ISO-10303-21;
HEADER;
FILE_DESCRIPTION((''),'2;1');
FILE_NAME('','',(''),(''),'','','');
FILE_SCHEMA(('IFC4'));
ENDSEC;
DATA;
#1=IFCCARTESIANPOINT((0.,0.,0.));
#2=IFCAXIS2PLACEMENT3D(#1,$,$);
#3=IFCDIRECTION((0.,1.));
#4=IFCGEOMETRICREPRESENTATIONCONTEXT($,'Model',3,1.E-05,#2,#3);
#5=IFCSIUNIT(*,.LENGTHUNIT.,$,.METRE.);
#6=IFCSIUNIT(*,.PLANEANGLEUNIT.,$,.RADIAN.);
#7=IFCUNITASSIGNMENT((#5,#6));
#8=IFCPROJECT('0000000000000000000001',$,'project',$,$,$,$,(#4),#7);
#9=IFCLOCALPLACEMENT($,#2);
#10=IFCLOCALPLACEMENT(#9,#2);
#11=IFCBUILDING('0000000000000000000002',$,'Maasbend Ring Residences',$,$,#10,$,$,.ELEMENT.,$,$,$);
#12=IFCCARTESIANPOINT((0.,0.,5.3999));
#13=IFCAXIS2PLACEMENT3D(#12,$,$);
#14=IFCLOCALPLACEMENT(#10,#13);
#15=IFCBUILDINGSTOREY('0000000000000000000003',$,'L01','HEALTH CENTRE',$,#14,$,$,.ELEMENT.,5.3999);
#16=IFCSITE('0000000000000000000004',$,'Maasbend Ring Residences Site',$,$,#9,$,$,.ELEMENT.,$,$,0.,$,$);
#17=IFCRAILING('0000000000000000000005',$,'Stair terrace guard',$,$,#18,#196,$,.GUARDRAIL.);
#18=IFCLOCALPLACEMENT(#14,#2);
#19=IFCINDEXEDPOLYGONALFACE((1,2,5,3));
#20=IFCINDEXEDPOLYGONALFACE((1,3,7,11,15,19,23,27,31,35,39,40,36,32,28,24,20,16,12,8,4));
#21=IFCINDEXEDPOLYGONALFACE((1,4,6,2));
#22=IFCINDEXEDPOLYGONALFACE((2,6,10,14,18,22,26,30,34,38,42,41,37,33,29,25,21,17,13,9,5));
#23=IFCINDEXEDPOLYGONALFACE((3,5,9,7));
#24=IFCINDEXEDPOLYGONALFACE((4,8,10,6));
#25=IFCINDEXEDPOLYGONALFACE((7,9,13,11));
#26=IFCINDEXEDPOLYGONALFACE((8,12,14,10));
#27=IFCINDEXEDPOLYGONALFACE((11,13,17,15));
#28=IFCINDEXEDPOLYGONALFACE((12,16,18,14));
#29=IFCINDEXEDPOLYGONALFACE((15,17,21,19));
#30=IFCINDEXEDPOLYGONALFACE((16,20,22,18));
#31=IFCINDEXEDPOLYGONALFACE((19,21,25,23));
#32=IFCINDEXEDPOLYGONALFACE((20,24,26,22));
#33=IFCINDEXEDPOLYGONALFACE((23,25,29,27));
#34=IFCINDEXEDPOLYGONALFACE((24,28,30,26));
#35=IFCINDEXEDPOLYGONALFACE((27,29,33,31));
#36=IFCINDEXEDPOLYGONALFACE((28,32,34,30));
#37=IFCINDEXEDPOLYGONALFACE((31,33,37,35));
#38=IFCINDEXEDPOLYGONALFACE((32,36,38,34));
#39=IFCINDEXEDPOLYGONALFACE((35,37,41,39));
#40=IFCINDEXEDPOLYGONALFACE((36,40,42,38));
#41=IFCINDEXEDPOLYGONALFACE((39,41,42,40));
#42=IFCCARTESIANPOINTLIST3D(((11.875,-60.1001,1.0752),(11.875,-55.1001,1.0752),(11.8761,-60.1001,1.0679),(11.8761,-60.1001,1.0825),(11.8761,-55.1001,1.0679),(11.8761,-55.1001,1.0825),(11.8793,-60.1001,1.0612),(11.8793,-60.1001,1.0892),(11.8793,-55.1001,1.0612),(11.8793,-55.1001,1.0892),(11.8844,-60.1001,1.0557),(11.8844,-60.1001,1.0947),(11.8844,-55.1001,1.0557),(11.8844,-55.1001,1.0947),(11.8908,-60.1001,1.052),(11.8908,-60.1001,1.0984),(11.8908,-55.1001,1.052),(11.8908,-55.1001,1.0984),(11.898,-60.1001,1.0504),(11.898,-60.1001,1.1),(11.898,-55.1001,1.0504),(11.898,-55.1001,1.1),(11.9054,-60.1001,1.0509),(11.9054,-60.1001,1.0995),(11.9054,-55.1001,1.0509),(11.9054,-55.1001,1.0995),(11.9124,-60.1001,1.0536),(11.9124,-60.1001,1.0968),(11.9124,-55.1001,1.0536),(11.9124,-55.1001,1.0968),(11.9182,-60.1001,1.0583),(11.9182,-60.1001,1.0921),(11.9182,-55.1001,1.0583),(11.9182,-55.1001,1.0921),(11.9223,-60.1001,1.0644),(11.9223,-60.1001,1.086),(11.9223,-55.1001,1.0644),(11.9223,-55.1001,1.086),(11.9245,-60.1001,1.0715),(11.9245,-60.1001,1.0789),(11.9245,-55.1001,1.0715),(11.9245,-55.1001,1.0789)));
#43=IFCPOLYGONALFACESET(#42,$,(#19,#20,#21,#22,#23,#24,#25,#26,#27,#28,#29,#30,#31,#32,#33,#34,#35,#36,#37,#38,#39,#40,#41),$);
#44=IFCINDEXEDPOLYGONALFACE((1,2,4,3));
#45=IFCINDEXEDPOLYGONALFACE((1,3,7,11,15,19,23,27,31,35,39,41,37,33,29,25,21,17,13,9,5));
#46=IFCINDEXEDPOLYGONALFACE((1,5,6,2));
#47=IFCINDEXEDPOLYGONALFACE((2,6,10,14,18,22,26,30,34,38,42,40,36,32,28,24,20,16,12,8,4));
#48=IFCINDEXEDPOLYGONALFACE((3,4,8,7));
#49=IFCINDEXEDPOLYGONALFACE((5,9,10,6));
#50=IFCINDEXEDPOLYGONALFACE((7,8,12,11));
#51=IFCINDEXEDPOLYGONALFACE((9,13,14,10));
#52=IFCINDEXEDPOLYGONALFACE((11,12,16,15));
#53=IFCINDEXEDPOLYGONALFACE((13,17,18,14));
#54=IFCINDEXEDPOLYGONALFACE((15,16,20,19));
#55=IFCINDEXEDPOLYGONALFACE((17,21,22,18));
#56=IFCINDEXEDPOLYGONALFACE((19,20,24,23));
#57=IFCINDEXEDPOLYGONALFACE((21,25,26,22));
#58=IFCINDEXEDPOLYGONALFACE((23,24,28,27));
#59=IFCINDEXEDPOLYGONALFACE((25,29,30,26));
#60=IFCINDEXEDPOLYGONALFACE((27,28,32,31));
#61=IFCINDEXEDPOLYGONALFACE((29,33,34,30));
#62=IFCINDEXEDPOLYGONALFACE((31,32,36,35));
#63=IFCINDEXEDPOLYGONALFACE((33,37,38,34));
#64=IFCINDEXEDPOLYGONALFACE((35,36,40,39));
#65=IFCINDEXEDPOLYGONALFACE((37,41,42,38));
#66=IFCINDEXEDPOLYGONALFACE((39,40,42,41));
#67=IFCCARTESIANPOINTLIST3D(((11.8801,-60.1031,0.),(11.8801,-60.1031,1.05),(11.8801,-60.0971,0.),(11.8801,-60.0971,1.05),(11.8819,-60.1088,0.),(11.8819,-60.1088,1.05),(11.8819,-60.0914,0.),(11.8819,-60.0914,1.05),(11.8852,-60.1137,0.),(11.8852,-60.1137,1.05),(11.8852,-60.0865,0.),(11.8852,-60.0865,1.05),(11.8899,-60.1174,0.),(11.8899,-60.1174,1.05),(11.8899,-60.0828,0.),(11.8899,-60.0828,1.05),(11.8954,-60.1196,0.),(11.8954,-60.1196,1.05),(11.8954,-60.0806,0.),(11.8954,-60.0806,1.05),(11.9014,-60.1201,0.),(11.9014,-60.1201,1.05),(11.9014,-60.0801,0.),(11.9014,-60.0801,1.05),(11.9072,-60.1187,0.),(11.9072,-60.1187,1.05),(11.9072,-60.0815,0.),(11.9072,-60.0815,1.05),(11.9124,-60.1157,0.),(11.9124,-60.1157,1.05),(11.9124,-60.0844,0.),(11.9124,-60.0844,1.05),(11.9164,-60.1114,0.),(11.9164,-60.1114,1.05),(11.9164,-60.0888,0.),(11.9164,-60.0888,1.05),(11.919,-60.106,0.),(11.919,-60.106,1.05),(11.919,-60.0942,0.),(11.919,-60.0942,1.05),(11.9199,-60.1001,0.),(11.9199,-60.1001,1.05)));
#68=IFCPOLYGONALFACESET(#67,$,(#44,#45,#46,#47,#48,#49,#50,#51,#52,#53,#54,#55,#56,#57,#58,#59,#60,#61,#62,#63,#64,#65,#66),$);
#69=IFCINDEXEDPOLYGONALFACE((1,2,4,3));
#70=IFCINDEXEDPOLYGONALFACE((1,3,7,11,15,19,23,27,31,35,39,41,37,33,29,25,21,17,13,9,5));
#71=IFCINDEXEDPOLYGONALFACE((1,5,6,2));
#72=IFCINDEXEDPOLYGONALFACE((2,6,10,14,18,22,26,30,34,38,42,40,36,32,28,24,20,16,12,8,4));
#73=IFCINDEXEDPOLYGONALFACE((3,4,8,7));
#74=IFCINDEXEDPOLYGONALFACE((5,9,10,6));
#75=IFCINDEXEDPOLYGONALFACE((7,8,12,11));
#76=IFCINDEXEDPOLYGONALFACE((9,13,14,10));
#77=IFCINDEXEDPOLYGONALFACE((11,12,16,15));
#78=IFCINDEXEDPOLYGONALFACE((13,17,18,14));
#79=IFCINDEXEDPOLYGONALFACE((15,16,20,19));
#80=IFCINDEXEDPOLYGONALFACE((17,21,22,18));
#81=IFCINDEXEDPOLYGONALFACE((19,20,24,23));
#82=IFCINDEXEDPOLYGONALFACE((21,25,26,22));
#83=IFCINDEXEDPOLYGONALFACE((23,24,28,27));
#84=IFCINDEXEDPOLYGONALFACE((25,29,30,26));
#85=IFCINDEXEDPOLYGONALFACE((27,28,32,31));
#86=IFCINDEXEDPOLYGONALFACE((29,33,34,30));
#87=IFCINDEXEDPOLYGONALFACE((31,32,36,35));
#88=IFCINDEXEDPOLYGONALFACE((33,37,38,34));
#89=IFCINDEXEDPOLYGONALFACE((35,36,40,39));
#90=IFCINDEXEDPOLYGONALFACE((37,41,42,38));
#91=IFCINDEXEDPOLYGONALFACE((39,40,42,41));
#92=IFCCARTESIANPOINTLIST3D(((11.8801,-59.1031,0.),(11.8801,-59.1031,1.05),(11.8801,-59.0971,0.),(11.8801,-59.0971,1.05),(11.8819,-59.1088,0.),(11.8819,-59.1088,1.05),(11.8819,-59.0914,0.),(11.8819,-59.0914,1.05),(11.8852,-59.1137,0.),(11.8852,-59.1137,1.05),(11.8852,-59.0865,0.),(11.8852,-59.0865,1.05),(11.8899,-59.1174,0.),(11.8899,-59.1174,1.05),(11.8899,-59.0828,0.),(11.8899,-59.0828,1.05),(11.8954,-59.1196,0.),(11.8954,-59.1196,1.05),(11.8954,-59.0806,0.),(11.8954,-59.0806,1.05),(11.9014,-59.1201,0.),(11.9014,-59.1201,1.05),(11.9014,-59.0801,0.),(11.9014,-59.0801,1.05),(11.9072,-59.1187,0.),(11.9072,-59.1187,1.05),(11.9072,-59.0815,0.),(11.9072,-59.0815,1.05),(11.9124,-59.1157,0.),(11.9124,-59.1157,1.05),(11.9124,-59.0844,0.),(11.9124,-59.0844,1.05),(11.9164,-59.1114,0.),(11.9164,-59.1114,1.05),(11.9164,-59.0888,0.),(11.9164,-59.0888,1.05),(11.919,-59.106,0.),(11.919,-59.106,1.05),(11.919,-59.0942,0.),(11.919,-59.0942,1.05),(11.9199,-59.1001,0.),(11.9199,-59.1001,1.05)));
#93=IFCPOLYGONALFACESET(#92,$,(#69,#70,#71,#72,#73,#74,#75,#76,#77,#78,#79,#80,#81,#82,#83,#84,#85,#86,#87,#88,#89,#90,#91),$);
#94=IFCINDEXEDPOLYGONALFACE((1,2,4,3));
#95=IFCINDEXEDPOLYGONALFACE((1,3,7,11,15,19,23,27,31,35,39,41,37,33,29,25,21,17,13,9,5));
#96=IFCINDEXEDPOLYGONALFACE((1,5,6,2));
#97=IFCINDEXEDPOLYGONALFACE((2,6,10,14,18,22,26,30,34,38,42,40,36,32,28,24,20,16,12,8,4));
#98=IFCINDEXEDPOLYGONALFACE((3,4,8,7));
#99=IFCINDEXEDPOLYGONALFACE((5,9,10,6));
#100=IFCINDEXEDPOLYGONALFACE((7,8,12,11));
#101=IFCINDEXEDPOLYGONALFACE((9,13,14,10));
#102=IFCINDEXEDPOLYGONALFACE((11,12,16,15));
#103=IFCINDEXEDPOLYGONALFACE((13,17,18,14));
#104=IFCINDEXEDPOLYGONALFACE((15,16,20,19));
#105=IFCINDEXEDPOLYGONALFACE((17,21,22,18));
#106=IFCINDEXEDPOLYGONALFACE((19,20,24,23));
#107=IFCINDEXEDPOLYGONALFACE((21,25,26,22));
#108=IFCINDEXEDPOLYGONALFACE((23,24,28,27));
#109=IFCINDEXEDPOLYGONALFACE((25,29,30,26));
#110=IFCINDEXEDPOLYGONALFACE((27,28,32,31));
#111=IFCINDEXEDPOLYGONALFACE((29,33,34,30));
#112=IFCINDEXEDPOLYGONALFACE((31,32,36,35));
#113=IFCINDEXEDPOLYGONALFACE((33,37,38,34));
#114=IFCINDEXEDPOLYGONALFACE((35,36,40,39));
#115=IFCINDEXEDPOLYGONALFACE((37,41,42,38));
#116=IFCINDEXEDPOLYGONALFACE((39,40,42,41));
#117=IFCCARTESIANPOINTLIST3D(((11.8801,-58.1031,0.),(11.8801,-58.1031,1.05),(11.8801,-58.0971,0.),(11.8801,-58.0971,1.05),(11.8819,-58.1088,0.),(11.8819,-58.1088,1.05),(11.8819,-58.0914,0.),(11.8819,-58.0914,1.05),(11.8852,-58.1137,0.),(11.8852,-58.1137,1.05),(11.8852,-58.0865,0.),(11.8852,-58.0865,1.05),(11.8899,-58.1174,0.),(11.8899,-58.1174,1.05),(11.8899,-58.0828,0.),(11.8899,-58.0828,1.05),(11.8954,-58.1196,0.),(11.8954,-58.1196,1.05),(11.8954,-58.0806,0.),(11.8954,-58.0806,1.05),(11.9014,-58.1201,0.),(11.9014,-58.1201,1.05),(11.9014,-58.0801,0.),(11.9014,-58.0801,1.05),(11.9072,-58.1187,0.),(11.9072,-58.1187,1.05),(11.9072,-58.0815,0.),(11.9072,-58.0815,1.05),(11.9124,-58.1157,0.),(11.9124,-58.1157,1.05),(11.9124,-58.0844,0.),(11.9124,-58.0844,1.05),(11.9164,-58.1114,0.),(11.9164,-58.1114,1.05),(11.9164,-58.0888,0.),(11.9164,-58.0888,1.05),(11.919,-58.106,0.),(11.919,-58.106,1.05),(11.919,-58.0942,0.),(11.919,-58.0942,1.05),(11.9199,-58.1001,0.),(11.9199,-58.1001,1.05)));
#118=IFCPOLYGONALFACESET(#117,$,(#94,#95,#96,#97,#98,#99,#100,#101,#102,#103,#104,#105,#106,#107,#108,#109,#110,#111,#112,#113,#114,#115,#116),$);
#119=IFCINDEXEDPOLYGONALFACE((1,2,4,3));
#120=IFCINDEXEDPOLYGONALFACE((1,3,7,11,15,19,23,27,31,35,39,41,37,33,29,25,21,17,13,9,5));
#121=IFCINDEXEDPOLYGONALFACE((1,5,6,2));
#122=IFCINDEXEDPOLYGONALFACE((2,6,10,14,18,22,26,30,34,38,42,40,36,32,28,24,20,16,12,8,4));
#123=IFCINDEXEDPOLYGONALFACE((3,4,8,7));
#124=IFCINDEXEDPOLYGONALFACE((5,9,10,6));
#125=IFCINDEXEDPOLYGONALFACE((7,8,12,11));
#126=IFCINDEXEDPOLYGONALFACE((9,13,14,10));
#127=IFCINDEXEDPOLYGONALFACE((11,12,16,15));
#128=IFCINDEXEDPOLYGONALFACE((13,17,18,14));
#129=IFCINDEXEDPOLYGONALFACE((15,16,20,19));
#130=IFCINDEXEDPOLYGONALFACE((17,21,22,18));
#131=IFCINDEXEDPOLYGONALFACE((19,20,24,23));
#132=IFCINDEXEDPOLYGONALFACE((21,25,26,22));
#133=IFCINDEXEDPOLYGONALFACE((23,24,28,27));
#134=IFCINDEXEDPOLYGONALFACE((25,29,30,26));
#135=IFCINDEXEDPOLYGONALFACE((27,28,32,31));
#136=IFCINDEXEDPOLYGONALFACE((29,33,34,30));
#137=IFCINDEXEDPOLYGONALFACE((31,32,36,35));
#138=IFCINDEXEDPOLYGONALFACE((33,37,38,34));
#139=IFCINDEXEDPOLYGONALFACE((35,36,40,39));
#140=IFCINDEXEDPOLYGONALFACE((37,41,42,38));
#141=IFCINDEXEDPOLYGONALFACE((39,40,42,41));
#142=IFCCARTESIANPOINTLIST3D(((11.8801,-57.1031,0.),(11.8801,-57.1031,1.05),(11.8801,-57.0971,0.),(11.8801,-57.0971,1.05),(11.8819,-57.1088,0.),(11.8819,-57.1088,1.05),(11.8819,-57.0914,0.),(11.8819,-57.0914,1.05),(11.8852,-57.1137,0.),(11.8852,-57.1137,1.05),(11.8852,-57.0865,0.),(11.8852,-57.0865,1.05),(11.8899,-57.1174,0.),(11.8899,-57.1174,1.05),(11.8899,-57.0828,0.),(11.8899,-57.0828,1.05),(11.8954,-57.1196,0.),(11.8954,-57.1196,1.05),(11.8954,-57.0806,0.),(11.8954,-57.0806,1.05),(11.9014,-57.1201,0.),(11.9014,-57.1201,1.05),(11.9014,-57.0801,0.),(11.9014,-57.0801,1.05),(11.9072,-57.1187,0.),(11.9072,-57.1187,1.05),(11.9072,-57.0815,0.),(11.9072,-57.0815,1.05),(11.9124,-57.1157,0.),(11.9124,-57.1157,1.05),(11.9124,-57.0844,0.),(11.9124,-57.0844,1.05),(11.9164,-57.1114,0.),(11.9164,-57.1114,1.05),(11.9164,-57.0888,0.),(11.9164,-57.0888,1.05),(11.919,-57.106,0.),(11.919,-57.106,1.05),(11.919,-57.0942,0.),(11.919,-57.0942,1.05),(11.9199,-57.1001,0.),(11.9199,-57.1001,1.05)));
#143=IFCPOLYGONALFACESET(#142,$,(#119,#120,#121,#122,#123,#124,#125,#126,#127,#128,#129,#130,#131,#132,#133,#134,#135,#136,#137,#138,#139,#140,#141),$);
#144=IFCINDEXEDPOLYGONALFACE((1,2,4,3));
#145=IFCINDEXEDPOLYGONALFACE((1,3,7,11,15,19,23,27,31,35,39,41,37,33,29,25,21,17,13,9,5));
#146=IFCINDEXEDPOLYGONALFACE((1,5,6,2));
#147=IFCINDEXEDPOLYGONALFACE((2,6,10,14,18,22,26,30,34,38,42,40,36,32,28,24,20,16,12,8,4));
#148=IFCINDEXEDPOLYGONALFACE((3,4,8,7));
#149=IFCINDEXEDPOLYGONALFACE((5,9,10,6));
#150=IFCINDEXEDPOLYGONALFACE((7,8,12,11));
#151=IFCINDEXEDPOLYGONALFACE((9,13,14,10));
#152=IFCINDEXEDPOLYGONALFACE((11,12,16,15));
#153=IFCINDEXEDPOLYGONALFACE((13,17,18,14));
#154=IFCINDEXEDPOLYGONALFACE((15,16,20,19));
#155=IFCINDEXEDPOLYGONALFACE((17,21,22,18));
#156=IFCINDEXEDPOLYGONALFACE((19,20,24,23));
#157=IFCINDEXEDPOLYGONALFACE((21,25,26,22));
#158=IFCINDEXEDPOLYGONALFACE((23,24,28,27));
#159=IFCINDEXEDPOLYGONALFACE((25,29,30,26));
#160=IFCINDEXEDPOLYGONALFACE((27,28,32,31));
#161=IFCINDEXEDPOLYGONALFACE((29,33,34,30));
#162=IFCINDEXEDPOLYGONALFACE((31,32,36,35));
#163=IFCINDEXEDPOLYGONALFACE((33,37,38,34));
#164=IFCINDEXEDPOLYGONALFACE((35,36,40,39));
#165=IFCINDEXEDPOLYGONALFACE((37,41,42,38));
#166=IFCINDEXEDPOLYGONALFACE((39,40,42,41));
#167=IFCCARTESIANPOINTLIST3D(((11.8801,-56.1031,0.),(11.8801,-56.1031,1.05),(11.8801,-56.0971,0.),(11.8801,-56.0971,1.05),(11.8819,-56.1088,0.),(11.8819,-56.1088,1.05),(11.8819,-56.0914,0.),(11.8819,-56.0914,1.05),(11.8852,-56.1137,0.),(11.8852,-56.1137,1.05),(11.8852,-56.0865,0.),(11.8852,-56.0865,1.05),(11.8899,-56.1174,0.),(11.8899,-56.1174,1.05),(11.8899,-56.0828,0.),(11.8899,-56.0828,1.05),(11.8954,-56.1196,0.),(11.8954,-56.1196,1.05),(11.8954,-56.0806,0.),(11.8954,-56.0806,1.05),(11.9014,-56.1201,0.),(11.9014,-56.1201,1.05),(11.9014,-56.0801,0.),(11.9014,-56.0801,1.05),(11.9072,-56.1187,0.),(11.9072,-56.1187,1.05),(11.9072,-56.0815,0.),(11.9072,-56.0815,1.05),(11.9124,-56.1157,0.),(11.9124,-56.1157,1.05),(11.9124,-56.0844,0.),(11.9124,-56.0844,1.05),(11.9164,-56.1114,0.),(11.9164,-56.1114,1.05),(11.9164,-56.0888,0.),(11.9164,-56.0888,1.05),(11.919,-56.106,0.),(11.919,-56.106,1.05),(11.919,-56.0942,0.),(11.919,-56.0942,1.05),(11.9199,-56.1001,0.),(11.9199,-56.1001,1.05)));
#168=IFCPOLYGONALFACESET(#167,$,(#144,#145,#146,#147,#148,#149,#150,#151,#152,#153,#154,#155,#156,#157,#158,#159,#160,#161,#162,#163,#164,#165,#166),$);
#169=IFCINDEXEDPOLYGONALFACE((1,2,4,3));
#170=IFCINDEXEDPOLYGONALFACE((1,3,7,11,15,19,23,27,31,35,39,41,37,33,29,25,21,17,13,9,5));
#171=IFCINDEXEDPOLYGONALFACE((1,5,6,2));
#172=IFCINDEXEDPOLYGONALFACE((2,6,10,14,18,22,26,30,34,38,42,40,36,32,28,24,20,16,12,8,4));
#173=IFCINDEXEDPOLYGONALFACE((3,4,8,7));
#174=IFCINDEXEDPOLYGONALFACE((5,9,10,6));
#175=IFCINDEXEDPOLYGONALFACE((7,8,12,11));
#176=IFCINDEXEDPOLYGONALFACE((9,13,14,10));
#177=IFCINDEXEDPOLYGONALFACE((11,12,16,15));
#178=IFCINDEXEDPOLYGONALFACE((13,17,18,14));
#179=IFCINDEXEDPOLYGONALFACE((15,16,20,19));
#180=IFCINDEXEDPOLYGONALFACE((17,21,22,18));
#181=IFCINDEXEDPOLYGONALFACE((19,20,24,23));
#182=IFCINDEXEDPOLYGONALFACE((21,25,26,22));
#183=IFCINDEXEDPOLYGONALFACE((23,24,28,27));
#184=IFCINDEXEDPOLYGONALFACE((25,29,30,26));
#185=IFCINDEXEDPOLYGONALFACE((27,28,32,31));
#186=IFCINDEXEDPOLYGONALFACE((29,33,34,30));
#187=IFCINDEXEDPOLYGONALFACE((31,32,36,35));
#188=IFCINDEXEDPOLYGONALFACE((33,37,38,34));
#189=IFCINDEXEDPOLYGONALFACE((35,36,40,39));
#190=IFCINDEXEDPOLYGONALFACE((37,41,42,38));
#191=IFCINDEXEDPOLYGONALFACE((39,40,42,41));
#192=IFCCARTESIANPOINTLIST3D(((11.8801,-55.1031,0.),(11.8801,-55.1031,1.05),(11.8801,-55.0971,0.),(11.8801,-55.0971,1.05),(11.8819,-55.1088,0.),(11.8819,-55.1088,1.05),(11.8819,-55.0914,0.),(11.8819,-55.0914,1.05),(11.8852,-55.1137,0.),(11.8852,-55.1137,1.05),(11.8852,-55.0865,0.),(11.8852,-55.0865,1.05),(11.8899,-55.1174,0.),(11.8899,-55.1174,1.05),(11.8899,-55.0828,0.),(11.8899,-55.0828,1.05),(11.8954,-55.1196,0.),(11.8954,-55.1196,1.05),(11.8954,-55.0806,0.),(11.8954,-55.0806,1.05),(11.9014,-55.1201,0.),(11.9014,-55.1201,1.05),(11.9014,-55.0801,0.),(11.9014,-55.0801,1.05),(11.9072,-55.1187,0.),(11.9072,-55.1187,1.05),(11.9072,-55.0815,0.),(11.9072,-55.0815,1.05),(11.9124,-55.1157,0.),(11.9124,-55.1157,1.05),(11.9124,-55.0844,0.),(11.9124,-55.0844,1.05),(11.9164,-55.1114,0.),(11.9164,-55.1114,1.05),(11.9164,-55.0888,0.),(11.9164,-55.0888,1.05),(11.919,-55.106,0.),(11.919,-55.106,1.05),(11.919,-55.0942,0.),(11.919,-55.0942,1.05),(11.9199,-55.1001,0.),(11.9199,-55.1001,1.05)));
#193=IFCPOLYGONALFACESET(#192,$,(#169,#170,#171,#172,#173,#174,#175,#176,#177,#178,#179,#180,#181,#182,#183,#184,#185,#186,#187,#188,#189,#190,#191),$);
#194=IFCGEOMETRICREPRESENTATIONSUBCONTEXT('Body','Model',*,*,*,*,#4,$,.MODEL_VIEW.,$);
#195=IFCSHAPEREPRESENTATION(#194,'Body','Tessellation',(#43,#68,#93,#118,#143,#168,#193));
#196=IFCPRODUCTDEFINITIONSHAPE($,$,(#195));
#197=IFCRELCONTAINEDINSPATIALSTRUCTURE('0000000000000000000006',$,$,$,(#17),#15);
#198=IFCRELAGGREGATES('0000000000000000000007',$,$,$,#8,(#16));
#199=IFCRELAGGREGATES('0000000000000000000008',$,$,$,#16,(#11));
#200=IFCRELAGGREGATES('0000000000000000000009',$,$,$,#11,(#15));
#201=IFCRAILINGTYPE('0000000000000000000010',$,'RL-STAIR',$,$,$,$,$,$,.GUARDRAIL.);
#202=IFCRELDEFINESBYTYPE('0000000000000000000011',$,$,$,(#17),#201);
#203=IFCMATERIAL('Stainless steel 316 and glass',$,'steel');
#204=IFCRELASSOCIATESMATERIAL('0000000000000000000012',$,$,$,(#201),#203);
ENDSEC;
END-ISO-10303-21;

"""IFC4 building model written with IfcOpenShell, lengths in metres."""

from ifc_helpers import new_model, si_unit, direction, frame, origin, origin_2d, place, context, subcontext, project, spatial, circle, extrude, material, type_object, element, save


model = new_model("IFC4")

# Units and contexts
model_context = context("Model", 3, precision=1e-05, world=origin(), true_north=direction((0.0, 1.0)))
body_context = subcontext(model_context, "Body", "Model", "MODEL_VIEW")
ifc_project = project(units=[si_unit("LENGTHUNIT", "METRE"), si_unit("PLANEANGLEUNIT", "RADIAN")], contexts=[model_context])

# Site, building, storey
site_placement = place(None, origin())
site = spatial("IfcSite", under=ifc_project, at=site_placement, Name="Maasbend Ring Residences Site", CompositionType="ELEMENT", RefElevation=0.0)
building_placement = place(site_placement, origin())
building = spatial("IfcBuilding", under=site, at=building_placement, Name="Maasbend Ring Residences", CompositionType="ELEMENT")
storey_placement = place(building_placement, frame((0.0, 0.0, 5.3999)))
storey = spatial("IfcBuildingStorey", under=building, at=storey_placement, Name="L01", Description="HEALTH CENTRE", CompositionType="ELEMENT", Elevation=5.3999)

# Railing
ifc_material_1 = material(Name="Stainless steel 316 and glass", Category="steel")
railing_type_1 = type_object("IfcRailingType", Name="RL-STAIR", PredefinedType="GUARDRAIL", material=ifc_material_1)
railing_1_placement = place(storey_placement, frame((11.8999, -60.1001, 0.0)))
element("IfcRailing", 1, at=railing_1_placement, inside=storey, type_object=railing_type_1, Name="Stair terrace guard", PredefinedType="GUARDRAIL", context=body_context, shape_type="SweptSolid", body=[
    extrude(circle(Radius=0.0249, at=origin_2d()), frame((0.0, 0.0, 1.0752), z_axis=(0.0, 1.0, 0.0), x_axis=(-1.0, 0.0, 0.0)), (0.0, 0.0, 1.0), 5.0),
    extrude(circle(Radius=0.02, at=origin_2d()), origin(), (0.0, 0.0, 1.0), 1.05),
    extrude(circle(Radius=0.02, at=origin_2d()), frame((0.0, 1.0, 0.0)), (0.0, 0.0, 1.0), 1.05),
    extrude(circle(Radius=0.02, at=origin_2d()), frame((0.0, 2.0, 0.0)), (0.0, 0.0, 1.0), 1.05),
    extrude(circle(Radius=0.02, at=origin_2d()), frame((0.0, 3.0, 0.0)), (0.0, 0.0, 1.0), 1.05),
    extrude(circle(Radius=0.02, at=origin_2d()), frame((0.0, 4.0, 0.0)), (0.0, 0.0, 1.0), 1.05),
    extrude(circle(Radius=0.02, at=origin_2d()), frame((0.0, 5.0, 0.0)), (0.0, 0.0, 1.0), 1.05),
])

save(model, "model.ifc")
